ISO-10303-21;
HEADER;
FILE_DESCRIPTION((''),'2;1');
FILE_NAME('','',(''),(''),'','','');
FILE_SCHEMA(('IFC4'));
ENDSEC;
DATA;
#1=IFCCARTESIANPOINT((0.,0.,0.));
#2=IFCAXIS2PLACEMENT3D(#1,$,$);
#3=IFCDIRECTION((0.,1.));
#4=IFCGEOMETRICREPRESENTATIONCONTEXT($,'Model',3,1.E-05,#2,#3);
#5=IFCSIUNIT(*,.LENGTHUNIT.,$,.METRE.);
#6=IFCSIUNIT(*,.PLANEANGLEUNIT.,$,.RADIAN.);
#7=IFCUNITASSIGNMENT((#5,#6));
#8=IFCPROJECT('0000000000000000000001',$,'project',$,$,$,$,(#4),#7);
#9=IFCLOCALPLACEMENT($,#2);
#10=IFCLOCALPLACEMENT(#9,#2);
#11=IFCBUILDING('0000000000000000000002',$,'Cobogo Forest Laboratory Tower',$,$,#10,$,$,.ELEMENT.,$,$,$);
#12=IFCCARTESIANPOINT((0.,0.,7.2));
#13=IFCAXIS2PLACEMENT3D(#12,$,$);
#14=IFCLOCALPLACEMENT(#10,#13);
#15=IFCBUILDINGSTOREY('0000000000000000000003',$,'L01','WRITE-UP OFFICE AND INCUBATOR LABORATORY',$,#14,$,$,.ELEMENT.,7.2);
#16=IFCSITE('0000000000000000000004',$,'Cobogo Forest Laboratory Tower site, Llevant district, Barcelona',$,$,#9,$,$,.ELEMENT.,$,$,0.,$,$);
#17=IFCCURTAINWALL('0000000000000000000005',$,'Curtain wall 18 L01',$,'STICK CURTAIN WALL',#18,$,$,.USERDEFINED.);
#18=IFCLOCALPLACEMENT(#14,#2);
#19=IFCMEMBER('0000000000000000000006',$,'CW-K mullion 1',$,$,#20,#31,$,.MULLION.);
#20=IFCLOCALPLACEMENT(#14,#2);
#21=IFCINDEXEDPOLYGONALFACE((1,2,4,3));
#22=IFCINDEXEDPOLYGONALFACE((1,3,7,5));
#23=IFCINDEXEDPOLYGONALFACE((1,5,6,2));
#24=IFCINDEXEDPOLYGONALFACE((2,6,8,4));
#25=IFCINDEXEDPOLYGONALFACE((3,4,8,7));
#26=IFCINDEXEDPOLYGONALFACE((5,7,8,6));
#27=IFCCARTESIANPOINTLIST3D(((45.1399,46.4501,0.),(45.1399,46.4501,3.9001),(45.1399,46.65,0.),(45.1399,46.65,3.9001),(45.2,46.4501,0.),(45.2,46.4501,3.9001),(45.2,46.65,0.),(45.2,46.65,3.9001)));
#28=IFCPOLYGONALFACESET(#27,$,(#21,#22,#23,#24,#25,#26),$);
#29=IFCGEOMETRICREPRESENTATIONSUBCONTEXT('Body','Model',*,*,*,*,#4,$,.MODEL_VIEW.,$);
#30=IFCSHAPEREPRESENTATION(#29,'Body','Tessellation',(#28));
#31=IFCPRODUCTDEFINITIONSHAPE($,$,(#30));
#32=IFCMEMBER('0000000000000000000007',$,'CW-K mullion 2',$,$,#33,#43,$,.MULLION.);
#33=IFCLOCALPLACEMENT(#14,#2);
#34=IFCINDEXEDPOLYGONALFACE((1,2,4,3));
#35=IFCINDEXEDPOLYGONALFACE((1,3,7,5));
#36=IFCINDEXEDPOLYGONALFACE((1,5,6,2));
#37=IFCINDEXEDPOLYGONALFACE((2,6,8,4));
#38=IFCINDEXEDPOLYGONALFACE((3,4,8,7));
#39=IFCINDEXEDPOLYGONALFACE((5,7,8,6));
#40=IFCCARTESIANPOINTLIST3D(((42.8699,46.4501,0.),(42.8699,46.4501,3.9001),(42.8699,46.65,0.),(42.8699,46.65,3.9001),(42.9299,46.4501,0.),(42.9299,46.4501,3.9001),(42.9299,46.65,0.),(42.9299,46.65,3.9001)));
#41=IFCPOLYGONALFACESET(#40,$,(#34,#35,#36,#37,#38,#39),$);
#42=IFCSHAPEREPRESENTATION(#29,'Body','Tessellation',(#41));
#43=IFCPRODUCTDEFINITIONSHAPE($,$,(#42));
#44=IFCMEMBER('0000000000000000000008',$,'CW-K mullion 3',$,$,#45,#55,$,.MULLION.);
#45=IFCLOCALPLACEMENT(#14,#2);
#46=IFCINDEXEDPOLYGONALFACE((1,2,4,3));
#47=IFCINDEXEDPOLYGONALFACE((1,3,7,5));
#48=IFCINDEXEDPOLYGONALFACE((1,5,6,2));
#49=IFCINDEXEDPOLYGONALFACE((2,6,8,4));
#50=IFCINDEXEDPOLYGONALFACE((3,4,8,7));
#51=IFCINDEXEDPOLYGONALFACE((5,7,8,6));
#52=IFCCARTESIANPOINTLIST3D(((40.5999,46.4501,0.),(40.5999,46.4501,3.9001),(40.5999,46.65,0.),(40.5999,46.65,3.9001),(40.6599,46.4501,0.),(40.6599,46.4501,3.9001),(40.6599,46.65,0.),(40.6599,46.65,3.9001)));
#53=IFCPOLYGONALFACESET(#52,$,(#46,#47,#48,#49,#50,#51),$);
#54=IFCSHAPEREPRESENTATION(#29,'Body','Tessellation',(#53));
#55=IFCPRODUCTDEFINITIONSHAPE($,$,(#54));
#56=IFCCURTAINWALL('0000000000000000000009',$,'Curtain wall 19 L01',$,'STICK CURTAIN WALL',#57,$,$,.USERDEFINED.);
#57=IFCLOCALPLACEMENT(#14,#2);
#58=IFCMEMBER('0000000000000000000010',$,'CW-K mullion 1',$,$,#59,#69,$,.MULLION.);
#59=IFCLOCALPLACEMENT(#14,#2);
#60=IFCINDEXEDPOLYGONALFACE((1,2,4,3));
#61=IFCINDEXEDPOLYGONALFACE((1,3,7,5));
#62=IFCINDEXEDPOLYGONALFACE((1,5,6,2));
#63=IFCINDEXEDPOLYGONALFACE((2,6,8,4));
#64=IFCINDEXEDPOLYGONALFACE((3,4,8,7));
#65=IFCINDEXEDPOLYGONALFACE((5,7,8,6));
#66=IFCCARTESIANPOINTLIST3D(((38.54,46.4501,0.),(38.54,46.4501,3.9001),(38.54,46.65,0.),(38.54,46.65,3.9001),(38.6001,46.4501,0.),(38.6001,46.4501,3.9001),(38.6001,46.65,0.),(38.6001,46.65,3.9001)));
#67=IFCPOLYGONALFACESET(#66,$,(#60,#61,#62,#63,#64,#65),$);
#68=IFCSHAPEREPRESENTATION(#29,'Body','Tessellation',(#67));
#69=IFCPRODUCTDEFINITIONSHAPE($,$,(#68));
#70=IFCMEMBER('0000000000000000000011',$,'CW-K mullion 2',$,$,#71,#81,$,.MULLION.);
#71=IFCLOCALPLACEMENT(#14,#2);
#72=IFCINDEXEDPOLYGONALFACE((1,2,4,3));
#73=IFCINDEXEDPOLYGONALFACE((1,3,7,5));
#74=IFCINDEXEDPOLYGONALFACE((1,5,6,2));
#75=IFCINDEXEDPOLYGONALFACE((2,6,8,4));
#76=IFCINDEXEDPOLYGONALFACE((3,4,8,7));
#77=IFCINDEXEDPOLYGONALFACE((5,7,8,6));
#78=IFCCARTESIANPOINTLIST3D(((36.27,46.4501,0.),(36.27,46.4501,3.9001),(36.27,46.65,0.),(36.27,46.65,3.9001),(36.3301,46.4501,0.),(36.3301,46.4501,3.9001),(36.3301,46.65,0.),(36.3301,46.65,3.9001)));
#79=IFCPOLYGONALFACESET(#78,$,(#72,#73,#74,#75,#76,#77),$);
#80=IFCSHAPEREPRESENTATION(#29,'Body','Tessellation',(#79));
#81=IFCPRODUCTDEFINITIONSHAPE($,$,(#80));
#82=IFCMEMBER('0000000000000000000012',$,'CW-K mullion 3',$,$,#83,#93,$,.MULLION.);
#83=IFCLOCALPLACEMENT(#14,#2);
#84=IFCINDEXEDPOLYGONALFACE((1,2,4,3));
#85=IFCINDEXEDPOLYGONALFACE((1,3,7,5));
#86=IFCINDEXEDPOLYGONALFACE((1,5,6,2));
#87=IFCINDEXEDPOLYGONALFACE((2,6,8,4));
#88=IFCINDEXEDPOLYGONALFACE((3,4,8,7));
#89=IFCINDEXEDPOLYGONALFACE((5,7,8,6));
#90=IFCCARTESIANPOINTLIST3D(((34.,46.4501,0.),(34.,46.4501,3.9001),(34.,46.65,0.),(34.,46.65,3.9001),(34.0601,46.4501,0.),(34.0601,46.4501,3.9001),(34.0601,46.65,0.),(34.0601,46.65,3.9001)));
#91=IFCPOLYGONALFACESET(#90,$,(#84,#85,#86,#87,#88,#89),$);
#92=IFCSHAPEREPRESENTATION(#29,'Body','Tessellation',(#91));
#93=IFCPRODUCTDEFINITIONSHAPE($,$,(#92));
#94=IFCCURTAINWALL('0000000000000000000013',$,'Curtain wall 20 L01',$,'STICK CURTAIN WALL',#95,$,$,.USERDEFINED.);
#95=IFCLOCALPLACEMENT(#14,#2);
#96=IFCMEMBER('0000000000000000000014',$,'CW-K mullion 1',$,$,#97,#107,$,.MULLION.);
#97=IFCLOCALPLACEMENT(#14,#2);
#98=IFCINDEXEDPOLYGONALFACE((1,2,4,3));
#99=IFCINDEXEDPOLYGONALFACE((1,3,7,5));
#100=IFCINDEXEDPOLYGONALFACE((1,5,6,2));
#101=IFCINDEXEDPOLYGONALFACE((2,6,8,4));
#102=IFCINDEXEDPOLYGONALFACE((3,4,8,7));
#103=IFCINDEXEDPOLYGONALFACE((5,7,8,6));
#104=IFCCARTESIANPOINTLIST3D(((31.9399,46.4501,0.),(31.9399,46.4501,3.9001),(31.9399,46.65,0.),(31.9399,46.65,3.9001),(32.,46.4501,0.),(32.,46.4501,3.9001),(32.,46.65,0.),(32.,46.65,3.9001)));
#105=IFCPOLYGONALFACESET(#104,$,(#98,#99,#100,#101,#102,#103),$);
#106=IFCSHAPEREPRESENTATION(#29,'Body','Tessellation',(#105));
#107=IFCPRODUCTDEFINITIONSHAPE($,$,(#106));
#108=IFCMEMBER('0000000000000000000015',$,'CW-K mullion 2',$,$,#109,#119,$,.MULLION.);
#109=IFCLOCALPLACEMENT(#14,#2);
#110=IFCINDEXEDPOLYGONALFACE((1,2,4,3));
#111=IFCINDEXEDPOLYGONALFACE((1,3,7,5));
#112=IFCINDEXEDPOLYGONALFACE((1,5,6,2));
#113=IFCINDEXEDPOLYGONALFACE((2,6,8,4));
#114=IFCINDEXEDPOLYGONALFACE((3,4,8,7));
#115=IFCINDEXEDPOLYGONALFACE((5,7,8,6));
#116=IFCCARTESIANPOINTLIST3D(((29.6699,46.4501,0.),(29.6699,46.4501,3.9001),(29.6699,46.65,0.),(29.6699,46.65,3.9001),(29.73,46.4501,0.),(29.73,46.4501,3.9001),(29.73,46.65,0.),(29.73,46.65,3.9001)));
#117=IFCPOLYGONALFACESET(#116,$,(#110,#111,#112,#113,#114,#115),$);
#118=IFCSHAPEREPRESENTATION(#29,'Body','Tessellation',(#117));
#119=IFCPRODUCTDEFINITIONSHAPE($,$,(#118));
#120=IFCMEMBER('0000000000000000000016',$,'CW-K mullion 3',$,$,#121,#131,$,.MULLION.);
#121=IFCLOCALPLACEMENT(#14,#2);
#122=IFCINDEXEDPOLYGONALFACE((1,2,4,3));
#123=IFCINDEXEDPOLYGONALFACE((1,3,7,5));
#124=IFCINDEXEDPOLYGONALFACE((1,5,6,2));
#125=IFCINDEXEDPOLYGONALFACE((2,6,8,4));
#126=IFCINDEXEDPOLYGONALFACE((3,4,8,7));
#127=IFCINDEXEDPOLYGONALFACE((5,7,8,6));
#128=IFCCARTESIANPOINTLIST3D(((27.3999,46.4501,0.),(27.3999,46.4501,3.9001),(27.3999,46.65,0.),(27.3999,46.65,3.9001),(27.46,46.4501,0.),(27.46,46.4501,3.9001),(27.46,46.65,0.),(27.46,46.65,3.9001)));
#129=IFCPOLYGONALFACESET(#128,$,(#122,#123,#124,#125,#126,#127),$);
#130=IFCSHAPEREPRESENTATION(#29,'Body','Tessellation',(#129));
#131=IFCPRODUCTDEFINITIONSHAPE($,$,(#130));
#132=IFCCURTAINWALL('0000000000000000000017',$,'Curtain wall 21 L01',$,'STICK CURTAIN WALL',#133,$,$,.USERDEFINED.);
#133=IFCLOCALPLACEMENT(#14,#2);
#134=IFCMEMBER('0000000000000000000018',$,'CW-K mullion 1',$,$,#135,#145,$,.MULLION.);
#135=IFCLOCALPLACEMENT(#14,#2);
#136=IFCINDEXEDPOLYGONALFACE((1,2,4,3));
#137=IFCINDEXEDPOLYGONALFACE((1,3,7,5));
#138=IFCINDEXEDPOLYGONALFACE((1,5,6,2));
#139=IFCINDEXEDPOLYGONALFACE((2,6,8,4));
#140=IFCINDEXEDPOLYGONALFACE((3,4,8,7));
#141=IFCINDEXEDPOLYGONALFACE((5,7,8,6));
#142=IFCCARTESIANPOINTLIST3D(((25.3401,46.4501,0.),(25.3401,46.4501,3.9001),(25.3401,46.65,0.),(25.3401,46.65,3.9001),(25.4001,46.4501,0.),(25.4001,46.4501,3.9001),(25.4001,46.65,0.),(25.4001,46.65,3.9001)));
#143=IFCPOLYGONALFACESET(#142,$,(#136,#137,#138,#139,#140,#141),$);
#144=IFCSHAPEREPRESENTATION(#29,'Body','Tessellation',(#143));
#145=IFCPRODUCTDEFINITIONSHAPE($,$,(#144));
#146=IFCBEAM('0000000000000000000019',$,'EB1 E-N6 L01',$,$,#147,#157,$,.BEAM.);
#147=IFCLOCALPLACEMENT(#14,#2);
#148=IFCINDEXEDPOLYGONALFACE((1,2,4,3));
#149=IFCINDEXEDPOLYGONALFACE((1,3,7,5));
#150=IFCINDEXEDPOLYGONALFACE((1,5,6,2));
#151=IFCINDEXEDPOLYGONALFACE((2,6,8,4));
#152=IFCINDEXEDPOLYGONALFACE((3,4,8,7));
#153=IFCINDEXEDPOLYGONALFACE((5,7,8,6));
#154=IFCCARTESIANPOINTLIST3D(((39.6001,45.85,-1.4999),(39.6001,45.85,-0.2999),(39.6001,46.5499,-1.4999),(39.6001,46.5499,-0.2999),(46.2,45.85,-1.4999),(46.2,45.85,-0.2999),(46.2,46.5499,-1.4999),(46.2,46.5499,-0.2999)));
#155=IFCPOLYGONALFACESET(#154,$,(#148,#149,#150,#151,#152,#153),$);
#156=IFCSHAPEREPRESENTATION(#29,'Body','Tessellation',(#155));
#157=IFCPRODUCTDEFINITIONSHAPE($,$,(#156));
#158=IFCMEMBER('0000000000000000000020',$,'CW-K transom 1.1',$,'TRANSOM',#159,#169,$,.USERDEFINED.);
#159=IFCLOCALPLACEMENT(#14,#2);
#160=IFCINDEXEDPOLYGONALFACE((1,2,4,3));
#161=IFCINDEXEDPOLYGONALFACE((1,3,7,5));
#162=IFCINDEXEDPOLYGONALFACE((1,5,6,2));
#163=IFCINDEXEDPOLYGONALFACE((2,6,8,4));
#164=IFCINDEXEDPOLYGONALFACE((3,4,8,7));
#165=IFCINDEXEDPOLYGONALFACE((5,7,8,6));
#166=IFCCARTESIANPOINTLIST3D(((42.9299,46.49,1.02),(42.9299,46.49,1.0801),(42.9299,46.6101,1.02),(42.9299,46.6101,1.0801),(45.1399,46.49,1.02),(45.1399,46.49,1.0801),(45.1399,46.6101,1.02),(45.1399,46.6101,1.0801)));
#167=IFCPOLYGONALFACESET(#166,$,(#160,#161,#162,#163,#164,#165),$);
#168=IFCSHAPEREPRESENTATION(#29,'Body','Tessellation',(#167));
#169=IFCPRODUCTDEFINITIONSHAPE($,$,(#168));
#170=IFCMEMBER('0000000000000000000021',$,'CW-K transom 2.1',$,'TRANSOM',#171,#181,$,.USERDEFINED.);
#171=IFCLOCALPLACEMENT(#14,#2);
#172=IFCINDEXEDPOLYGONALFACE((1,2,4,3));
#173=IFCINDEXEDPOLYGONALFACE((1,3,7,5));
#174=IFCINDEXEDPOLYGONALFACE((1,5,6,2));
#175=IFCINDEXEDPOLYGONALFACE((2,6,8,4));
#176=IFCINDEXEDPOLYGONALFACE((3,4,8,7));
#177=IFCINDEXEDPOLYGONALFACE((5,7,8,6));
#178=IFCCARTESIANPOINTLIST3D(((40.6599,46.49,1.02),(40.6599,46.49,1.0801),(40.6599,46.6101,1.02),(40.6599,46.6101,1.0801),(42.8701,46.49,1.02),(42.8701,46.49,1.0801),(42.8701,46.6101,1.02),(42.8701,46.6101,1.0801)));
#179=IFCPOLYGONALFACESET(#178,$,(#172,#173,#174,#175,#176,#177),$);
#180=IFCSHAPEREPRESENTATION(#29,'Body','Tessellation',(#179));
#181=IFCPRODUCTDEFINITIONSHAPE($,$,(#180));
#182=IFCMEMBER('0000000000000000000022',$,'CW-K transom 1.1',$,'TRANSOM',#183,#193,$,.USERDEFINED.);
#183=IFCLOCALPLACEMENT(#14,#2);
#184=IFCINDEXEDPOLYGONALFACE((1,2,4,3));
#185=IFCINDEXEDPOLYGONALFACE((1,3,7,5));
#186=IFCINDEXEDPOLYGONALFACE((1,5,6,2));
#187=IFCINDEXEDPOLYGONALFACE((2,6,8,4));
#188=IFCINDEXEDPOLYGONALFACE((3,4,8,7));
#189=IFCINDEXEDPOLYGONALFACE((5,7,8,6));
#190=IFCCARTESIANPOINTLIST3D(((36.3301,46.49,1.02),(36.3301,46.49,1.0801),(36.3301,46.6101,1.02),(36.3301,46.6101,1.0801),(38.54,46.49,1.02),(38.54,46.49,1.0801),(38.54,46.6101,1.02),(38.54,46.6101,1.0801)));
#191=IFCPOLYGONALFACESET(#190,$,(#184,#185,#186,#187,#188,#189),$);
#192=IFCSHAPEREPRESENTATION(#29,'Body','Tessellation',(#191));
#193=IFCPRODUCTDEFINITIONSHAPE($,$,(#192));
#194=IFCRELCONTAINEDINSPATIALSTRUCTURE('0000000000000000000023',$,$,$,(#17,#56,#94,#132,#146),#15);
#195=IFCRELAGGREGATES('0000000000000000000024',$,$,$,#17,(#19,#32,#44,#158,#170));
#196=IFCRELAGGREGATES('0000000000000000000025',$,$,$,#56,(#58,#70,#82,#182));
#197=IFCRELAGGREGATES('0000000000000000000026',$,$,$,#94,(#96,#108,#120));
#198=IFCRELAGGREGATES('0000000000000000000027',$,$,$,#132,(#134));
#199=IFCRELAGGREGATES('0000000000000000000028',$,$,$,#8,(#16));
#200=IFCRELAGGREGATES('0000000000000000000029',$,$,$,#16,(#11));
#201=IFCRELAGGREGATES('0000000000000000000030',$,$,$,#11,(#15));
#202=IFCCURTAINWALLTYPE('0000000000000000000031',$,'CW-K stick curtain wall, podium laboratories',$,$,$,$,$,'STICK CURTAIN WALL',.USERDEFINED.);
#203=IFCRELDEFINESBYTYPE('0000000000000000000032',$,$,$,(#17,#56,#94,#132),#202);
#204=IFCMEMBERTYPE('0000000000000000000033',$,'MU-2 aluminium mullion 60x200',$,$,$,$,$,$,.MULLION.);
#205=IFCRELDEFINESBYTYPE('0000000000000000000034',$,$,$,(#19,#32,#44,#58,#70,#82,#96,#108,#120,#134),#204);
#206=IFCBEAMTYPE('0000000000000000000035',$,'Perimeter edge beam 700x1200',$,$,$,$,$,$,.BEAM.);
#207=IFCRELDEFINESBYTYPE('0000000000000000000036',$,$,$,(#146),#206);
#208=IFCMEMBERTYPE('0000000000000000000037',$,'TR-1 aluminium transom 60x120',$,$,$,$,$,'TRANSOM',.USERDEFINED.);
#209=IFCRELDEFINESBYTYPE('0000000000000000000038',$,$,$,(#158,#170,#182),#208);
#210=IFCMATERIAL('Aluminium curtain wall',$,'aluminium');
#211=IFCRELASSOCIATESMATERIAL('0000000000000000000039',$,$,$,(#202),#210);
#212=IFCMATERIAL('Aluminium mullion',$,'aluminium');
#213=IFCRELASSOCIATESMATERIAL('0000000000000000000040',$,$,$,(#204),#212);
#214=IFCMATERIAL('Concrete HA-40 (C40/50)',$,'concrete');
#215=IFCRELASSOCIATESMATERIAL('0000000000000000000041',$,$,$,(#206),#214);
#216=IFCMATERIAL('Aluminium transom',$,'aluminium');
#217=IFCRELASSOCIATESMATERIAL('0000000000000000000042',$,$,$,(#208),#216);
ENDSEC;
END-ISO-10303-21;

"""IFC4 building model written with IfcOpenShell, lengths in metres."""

from ifc_helpers import new_model, si_unit, direction, frame, origin, origin_2d, place, context, subcontext, project, spatial, rectangle, extrude, material, material_profile, profile_set, type_object, element, aggregate, save


model = new_model("IFC4")

# Units and contexts
model_context = context("Model", 3, precision=1e-05, world=origin(), true_north=direction((0.0, 1.0)))
body_context = subcontext(model_context, "Body", "Model", "MODEL_VIEW")
ifc_project = project(units=[si_unit("LENGTHUNIT", "METRE"), si_unit("PLANEANGLEUNIT", "RADIAN")], contexts=[model_context])

# Site, building, storey
site_placement = place(None, origin())
site = spatial("IfcSite", under=ifc_project, at=site_placement, Name="Cobogo Forest Laboratory Tower site, Llevant district, Barcelona", CompositionType="ELEMENT", RefElevation=0.0)
building_placement = place(site_placement, origin())
building = spatial("IfcBuilding", under=site, at=building_placement, Name="Cobogo Forest Laboratory Tower", CompositionType="ELEMENT")
storey_placement = place(building_placement, frame((0.0, 0.0, 7.2)))
storey = spatial("IfcBuildingStorey", under=building, at=storey_placement, Name="L01", Description="WRITE-UP OFFICE AND INCUBATOR LABORATORY", CompositionType="ELEMENT", Elevation=7.2)

# Curtain walls, members
ifc_material_1 = material(Name="Aluminium curtain wall", Category="aluminium")
curtain_wall_type = type_object("IfcCurtainWallType", Name="CW-K stick curtain wall, podium laboratories", ElementType="STICK CURTAIN WALL", PredefinedType="USERDEFINED", material=ifc_material_1)
curtain_wall_1_placement = place(storey_placement, origin())
curtain_wall_1 = element("IfcCurtainWall", 1, at=curtain_wall_1_placement, inside=storey, type_object=curtain_wall_type, Name="Curtain wall 18 L01", ObjectType="STICK CURTAIN WALL", PredefinedType="USERDEFINED")
ifc_material_2 = material(Name="Aluminium mullion", Category="aluminium")
ifc_material_profile_1 = material_profile(ifc_material_2, rectangle(XDim=0.0601, YDim=0.2, at=origin_2d()), Name="AL 60x200")
ifc_profile_set_1 = profile_set([ifc_material_profile_1], Name="Aluminium mullion")
member_type_1 = type_object("IfcMemberType", Name="MU-2 aluminium mullion 60x200", PredefinedType="MULLION", material=ifc_profile_set_1)
member_1_placement = place(storey_placement, frame((45.1699, 46.55, 0.0), z_axis=(0.0, 0.0, 1.0), x_axis=(-1.0, 0.0, 0.0)))
member_1 = element("IfcMember", 2, at=member_1_placement, type_object=member_type_1, Name="CW-K mullion 1", PredefinedType="MULLION", context=body_context, shape_type="SweptSolid", body=[
    extrude(rectangle(XDim=0.0601, YDim=0.2, at=origin_2d()), origin(), (0.0, 0.0, 1.0), 3.9001),
])
member_2_placement = place(storey_placement, frame((42.8999, 46.55, 0.0), z_axis=(0.0, 0.0, 1.0), x_axis=(-1.0, 0.0, 0.0)))
member_2 = element("IfcMember", 3, at=member_2_placement, type_object=member_type_1, Name="CW-K mullion 2", PredefinedType="MULLION", context=body_context, shape_type="SweptSolid", body=[
    extrude(rectangle(XDim=0.0601, YDim=0.2, at=origin_2d()), origin(), (0.0, 0.0, 1.0), 3.9001),
])
member_3_placement = place(storey_placement, frame((40.6299, 46.55, 0.0), z_axis=(0.0, 0.0, 1.0), x_axis=(-1.0, 0.0, 0.0)))
member_3 = element("IfcMember", 4, at=member_3_placement, type_object=member_type_1, Name="CW-K mullion 3", PredefinedType="MULLION", context=body_context, shape_type="SweptSolid", body=[
    extrude(rectangle(XDim=0.0601, YDim=0.2, at=origin_2d()), origin(), (0.0, 0.0, 1.0), 3.9001),
])
curtain_wall_2_placement = place(storey_placement, origin())
curtain_wall_2 = element("IfcCurtainWall", 5, at=curtain_wall_2_placement, inside=storey, type_object=curtain_wall_type, Name="Curtain wall 19 L01", ObjectType="STICK CURTAIN WALL", PredefinedType="USERDEFINED")
member_4_placement = place(storey_placement, frame((38.5701, 46.55, 0.0), z_axis=(0.0, 0.0, 1.0), x_axis=(-1.0, 0.0, 0.0)))
member_4 = element("IfcMember", 6, at=member_4_placement, type_object=member_type_1, Name="CW-K mullion 1", PredefinedType="MULLION", context=body_context, shape_type="SweptSolid", body=[
    extrude(rectangle(XDim=0.0601, YDim=0.2, at=origin_2d()), origin(), (0.0, 0.0, 1.0), 3.9001),
])
member_5_placement = place(storey_placement, frame((36.3, 46.55, 0.0), z_axis=(0.0, 0.0, 1.0), x_axis=(-1.0, 0.0, 0.0)))
member_5 = element("IfcMember", 7, at=member_5_placement, type_object=member_type_1, Name="CW-K mullion 2", PredefinedType="MULLION", context=body_context, shape_type="SweptSolid", body=[
    extrude(rectangle(XDim=0.0601, YDim=0.2, at=origin_2d()), origin(), (0.0, 0.0, 1.0), 3.9001),
])
member_6_placement = place(storey_placement, frame((34.03, 46.55, 0.0), z_axis=(0.0, 0.0, 1.0), x_axis=(-1.0, 0.0, 0.0)))
member_6 = element("IfcMember", 8, at=member_6_placement, type_object=member_type_1, Name="CW-K mullion 3", PredefinedType="MULLION", context=body_context, shape_type="SweptSolid", body=[
    extrude(rectangle(XDim=0.0601, YDim=0.2, at=origin_2d()), origin(), (0.0, 0.0, 1.0), 3.9001),
])
curtain_wall_3_placement = place(storey_placement, origin())
curtain_wall_3 = element("IfcCurtainWall", 9, at=curtain_wall_3_placement, inside=storey, type_object=curtain_wall_type, Name="Curtain wall 20 L01", ObjectType="STICK CURTAIN WALL", PredefinedType="USERDEFINED")
member_7_placement = place(storey_placement, frame((31.97, 46.55, 0.0), z_axis=(0.0, 0.0, 1.0), x_axis=(-1.0, 0.0, 0.0)))
member_7 = element("IfcMember", 10, at=member_7_placement, type_object=member_type_1, Name="CW-K mullion 1", PredefinedType="MULLION", context=body_context, shape_type="SweptSolid", body=[
    extrude(rectangle(XDim=0.0601, YDim=0.2, at=origin_2d()), origin(), (0.0, 0.0, 1.0), 3.9001),
])
member_8_placement = place(storey_placement, frame((29.7, 46.55, 0.0), z_axis=(0.0, 0.0, 1.0), x_axis=(-1.0, 0.0, 0.0)))
member_8 = element("IfcMember", 11, at=member_8_placement, type_object=member_type_1, Name="CW-K mullion 2", PredefinedType="MULLION", context=body_context, shape_type="SweptSolid", body=[
    extrude(rectangle(XDim=0.0601, YDim=0.2, at=origin_2d()), origin(), (0.0, 0.0, 1.0), 3.9001),
])
member_9_placement = place(storey_placement, frame((27.4299, 46.55, 0.0), z_axis=(0.0, 0.0, 1.0), x_axis=(-1.0, 0.0, 0.0)))
member_9 = element("IfcMember", 12, at=member_9_placement, type_object=member_type_1, Name="CW-K mullion 3", PredefinedType="MULLION", context=body_context, shape_type="SweptSolid", body=[
    extrude(rectangle(XDim=0.0601, YDim=0.2, at=origin_2d()), origin(), (0.0, 0.0, 1.0), 3.9001),
])

# Curtain wall, member
curtain_wall_4_placement = place(storey_placement, origin())
curtain_wall_4 = element("IfcCurtainWall", 13, at=curtain_wall_4_placement, inside=storey, type_object=curtain_wall_type, Name="Curtain wall 21 L01", ObjectType="STICK CURTAIN WALL", PredefinedType="USERDEFINED")
member_10_placement = place(storey_placement, frame((25.3701, 46.55, 0.0), z_axis=(0.0, 0.0, 1.0), x_axis=(-1.0, 0.0, 0.0)))
member_10 = element("IfcMember", 14, at=member_10_placement, type_object=member_type_1, Name="CW-K mullion 1", PredefinedType="MULLION", context=body_context, shape_type="SweptSolid", body=[
    extrude(rectangle(XDim=0.0601, YDim=0.2, at=origin_2d()), origin(), (0.0, 0.0, 1.0), 3.9001),
])

# Beam
ifc_material_3 = material(Name="Concrete HA-40 (C40/50)", Category="concrete")
ifc_material_profile_2 = material_profile(ifc_material_3, rectangle(XDim=0.7, YDim=1.2, at=origin_2d()), Name="RC 700x1200")
ifc_profile_set_2 = profile_set([ifc_material_profile_2], Name="Concrete HA-40 (C40/50)")
beam_type = type_object("IfcBeamType", Name="Perimeter edge beam 700x1200", PredefinedType="BEAM", material=ifc_profile_set_2)
beam_placement = place(storey_placement, frame((39.6001, 46.2, -0.8999), z_axis=(1.0, 0.0, 0.0), x_axis=(0.0, 1.0, 0.0)))
element("IfcBeam", 15, at=beam_placement, inside=storey, type_object=beam_type, Name="EB1 E-N6 L01", PredefinedType="BEAM", context=body_context, shape_type="SweptSolid", body=[
    extrude(rectangle(XDim=0.7, YDim=1.2, at=origin_2d()), origin(), (0.0, 0.0, 1.0), 6.5999),
])

# Members
ifc_material_4 = material(Name="Aluminium transom", Category="aluminium")
ifc_material_profile_3 = material_profile(ifc_material_4, rectangle(XDim=0.1201, YDim=0.0601, at=origin_2d()), Name="AL 60x120")
ifc_profile_set_3 = profile_set([ifc_material_profile_3], Name="Aluminium transom")
member_type_2 = type_object("IfcMemberType", Name="TR-1 aluminium transom 60x120", ElementType="TRANSOM", PredefinedType="USERDEFINED", material=ifc_profile_set_3)
member_11_placement = place(storey_placement, frame((45.1399, 46.55, 1.05), z_axis=(-1.0, 0.0, 0.0), x_axis=(0.0, -1.0, 0.0)))
member_11 = element("IfcMember", 16, at=member_11_placement, type_object=member_type_2, Name="CW-K transom 1.1", ObjectType="TRANSOM", PredefinedType="USERDEFINED", context=body_context, shape_type="SweptSolid", body=[
    extrude(rectangle(XDim=0.1201, YDim=0.0601, at=origin_2d()), origin(), (0.0, 0.0, 1.0), 2.21),
])
member_12_placement = place(storey_placement, frame((42.8701, 46.55, 1.05), z_axis=(-1.0, 0.0, 0.0), x_axis=(0.0, -1.0, 0.0)))
member_12 = element("IfcMember", 17, at=member_12_placement, type_object=member_type_2, Name="CW-K transom 2.1", ObjectType="TRANSOM", PredefinedType="USERDEFINED", context=body_context, shape_type="SweptSolid", body=[
    extrude(rectangle(XDim=0.1201, YDim=0.0601, at=origin_2d()), origin(), (0.0, 0.0, 1.0), 2.2102),
])
member_13_placement = place(storey_placement, frame((38.54, 46.55, 1.05), z_axis=(-1.0, 0.0, 0.0), x_axis=(0.0, -1.0, 0.0)))
member_13 = element("IfcMember", 18, at=member_13_placement, type_object=member_type_2, Name="CW-K transom 1.1", ObjectType="TRANSOM", PredefinedType="USERDEFINED", context=body_context, shape_type="SweptSolid", body=[
    extrude(rectangle(XDim=0.1201, YDim=0.0601, at=origin_2d()), origin(), (0.0, 0.0, 1.0), 2.21),
])

aggregate(curtain_wall_1, [member_1, member_2, member_3, member_11, member_12])
aggregate(curtain_wall_2, [member_4, member_5, member_6, member_13])
aggregate(curtain_wall_3, [member_7, member_8, member_9])
aggregate(curtain_wall_4, [member_10])

save(model, "model.ifc")
